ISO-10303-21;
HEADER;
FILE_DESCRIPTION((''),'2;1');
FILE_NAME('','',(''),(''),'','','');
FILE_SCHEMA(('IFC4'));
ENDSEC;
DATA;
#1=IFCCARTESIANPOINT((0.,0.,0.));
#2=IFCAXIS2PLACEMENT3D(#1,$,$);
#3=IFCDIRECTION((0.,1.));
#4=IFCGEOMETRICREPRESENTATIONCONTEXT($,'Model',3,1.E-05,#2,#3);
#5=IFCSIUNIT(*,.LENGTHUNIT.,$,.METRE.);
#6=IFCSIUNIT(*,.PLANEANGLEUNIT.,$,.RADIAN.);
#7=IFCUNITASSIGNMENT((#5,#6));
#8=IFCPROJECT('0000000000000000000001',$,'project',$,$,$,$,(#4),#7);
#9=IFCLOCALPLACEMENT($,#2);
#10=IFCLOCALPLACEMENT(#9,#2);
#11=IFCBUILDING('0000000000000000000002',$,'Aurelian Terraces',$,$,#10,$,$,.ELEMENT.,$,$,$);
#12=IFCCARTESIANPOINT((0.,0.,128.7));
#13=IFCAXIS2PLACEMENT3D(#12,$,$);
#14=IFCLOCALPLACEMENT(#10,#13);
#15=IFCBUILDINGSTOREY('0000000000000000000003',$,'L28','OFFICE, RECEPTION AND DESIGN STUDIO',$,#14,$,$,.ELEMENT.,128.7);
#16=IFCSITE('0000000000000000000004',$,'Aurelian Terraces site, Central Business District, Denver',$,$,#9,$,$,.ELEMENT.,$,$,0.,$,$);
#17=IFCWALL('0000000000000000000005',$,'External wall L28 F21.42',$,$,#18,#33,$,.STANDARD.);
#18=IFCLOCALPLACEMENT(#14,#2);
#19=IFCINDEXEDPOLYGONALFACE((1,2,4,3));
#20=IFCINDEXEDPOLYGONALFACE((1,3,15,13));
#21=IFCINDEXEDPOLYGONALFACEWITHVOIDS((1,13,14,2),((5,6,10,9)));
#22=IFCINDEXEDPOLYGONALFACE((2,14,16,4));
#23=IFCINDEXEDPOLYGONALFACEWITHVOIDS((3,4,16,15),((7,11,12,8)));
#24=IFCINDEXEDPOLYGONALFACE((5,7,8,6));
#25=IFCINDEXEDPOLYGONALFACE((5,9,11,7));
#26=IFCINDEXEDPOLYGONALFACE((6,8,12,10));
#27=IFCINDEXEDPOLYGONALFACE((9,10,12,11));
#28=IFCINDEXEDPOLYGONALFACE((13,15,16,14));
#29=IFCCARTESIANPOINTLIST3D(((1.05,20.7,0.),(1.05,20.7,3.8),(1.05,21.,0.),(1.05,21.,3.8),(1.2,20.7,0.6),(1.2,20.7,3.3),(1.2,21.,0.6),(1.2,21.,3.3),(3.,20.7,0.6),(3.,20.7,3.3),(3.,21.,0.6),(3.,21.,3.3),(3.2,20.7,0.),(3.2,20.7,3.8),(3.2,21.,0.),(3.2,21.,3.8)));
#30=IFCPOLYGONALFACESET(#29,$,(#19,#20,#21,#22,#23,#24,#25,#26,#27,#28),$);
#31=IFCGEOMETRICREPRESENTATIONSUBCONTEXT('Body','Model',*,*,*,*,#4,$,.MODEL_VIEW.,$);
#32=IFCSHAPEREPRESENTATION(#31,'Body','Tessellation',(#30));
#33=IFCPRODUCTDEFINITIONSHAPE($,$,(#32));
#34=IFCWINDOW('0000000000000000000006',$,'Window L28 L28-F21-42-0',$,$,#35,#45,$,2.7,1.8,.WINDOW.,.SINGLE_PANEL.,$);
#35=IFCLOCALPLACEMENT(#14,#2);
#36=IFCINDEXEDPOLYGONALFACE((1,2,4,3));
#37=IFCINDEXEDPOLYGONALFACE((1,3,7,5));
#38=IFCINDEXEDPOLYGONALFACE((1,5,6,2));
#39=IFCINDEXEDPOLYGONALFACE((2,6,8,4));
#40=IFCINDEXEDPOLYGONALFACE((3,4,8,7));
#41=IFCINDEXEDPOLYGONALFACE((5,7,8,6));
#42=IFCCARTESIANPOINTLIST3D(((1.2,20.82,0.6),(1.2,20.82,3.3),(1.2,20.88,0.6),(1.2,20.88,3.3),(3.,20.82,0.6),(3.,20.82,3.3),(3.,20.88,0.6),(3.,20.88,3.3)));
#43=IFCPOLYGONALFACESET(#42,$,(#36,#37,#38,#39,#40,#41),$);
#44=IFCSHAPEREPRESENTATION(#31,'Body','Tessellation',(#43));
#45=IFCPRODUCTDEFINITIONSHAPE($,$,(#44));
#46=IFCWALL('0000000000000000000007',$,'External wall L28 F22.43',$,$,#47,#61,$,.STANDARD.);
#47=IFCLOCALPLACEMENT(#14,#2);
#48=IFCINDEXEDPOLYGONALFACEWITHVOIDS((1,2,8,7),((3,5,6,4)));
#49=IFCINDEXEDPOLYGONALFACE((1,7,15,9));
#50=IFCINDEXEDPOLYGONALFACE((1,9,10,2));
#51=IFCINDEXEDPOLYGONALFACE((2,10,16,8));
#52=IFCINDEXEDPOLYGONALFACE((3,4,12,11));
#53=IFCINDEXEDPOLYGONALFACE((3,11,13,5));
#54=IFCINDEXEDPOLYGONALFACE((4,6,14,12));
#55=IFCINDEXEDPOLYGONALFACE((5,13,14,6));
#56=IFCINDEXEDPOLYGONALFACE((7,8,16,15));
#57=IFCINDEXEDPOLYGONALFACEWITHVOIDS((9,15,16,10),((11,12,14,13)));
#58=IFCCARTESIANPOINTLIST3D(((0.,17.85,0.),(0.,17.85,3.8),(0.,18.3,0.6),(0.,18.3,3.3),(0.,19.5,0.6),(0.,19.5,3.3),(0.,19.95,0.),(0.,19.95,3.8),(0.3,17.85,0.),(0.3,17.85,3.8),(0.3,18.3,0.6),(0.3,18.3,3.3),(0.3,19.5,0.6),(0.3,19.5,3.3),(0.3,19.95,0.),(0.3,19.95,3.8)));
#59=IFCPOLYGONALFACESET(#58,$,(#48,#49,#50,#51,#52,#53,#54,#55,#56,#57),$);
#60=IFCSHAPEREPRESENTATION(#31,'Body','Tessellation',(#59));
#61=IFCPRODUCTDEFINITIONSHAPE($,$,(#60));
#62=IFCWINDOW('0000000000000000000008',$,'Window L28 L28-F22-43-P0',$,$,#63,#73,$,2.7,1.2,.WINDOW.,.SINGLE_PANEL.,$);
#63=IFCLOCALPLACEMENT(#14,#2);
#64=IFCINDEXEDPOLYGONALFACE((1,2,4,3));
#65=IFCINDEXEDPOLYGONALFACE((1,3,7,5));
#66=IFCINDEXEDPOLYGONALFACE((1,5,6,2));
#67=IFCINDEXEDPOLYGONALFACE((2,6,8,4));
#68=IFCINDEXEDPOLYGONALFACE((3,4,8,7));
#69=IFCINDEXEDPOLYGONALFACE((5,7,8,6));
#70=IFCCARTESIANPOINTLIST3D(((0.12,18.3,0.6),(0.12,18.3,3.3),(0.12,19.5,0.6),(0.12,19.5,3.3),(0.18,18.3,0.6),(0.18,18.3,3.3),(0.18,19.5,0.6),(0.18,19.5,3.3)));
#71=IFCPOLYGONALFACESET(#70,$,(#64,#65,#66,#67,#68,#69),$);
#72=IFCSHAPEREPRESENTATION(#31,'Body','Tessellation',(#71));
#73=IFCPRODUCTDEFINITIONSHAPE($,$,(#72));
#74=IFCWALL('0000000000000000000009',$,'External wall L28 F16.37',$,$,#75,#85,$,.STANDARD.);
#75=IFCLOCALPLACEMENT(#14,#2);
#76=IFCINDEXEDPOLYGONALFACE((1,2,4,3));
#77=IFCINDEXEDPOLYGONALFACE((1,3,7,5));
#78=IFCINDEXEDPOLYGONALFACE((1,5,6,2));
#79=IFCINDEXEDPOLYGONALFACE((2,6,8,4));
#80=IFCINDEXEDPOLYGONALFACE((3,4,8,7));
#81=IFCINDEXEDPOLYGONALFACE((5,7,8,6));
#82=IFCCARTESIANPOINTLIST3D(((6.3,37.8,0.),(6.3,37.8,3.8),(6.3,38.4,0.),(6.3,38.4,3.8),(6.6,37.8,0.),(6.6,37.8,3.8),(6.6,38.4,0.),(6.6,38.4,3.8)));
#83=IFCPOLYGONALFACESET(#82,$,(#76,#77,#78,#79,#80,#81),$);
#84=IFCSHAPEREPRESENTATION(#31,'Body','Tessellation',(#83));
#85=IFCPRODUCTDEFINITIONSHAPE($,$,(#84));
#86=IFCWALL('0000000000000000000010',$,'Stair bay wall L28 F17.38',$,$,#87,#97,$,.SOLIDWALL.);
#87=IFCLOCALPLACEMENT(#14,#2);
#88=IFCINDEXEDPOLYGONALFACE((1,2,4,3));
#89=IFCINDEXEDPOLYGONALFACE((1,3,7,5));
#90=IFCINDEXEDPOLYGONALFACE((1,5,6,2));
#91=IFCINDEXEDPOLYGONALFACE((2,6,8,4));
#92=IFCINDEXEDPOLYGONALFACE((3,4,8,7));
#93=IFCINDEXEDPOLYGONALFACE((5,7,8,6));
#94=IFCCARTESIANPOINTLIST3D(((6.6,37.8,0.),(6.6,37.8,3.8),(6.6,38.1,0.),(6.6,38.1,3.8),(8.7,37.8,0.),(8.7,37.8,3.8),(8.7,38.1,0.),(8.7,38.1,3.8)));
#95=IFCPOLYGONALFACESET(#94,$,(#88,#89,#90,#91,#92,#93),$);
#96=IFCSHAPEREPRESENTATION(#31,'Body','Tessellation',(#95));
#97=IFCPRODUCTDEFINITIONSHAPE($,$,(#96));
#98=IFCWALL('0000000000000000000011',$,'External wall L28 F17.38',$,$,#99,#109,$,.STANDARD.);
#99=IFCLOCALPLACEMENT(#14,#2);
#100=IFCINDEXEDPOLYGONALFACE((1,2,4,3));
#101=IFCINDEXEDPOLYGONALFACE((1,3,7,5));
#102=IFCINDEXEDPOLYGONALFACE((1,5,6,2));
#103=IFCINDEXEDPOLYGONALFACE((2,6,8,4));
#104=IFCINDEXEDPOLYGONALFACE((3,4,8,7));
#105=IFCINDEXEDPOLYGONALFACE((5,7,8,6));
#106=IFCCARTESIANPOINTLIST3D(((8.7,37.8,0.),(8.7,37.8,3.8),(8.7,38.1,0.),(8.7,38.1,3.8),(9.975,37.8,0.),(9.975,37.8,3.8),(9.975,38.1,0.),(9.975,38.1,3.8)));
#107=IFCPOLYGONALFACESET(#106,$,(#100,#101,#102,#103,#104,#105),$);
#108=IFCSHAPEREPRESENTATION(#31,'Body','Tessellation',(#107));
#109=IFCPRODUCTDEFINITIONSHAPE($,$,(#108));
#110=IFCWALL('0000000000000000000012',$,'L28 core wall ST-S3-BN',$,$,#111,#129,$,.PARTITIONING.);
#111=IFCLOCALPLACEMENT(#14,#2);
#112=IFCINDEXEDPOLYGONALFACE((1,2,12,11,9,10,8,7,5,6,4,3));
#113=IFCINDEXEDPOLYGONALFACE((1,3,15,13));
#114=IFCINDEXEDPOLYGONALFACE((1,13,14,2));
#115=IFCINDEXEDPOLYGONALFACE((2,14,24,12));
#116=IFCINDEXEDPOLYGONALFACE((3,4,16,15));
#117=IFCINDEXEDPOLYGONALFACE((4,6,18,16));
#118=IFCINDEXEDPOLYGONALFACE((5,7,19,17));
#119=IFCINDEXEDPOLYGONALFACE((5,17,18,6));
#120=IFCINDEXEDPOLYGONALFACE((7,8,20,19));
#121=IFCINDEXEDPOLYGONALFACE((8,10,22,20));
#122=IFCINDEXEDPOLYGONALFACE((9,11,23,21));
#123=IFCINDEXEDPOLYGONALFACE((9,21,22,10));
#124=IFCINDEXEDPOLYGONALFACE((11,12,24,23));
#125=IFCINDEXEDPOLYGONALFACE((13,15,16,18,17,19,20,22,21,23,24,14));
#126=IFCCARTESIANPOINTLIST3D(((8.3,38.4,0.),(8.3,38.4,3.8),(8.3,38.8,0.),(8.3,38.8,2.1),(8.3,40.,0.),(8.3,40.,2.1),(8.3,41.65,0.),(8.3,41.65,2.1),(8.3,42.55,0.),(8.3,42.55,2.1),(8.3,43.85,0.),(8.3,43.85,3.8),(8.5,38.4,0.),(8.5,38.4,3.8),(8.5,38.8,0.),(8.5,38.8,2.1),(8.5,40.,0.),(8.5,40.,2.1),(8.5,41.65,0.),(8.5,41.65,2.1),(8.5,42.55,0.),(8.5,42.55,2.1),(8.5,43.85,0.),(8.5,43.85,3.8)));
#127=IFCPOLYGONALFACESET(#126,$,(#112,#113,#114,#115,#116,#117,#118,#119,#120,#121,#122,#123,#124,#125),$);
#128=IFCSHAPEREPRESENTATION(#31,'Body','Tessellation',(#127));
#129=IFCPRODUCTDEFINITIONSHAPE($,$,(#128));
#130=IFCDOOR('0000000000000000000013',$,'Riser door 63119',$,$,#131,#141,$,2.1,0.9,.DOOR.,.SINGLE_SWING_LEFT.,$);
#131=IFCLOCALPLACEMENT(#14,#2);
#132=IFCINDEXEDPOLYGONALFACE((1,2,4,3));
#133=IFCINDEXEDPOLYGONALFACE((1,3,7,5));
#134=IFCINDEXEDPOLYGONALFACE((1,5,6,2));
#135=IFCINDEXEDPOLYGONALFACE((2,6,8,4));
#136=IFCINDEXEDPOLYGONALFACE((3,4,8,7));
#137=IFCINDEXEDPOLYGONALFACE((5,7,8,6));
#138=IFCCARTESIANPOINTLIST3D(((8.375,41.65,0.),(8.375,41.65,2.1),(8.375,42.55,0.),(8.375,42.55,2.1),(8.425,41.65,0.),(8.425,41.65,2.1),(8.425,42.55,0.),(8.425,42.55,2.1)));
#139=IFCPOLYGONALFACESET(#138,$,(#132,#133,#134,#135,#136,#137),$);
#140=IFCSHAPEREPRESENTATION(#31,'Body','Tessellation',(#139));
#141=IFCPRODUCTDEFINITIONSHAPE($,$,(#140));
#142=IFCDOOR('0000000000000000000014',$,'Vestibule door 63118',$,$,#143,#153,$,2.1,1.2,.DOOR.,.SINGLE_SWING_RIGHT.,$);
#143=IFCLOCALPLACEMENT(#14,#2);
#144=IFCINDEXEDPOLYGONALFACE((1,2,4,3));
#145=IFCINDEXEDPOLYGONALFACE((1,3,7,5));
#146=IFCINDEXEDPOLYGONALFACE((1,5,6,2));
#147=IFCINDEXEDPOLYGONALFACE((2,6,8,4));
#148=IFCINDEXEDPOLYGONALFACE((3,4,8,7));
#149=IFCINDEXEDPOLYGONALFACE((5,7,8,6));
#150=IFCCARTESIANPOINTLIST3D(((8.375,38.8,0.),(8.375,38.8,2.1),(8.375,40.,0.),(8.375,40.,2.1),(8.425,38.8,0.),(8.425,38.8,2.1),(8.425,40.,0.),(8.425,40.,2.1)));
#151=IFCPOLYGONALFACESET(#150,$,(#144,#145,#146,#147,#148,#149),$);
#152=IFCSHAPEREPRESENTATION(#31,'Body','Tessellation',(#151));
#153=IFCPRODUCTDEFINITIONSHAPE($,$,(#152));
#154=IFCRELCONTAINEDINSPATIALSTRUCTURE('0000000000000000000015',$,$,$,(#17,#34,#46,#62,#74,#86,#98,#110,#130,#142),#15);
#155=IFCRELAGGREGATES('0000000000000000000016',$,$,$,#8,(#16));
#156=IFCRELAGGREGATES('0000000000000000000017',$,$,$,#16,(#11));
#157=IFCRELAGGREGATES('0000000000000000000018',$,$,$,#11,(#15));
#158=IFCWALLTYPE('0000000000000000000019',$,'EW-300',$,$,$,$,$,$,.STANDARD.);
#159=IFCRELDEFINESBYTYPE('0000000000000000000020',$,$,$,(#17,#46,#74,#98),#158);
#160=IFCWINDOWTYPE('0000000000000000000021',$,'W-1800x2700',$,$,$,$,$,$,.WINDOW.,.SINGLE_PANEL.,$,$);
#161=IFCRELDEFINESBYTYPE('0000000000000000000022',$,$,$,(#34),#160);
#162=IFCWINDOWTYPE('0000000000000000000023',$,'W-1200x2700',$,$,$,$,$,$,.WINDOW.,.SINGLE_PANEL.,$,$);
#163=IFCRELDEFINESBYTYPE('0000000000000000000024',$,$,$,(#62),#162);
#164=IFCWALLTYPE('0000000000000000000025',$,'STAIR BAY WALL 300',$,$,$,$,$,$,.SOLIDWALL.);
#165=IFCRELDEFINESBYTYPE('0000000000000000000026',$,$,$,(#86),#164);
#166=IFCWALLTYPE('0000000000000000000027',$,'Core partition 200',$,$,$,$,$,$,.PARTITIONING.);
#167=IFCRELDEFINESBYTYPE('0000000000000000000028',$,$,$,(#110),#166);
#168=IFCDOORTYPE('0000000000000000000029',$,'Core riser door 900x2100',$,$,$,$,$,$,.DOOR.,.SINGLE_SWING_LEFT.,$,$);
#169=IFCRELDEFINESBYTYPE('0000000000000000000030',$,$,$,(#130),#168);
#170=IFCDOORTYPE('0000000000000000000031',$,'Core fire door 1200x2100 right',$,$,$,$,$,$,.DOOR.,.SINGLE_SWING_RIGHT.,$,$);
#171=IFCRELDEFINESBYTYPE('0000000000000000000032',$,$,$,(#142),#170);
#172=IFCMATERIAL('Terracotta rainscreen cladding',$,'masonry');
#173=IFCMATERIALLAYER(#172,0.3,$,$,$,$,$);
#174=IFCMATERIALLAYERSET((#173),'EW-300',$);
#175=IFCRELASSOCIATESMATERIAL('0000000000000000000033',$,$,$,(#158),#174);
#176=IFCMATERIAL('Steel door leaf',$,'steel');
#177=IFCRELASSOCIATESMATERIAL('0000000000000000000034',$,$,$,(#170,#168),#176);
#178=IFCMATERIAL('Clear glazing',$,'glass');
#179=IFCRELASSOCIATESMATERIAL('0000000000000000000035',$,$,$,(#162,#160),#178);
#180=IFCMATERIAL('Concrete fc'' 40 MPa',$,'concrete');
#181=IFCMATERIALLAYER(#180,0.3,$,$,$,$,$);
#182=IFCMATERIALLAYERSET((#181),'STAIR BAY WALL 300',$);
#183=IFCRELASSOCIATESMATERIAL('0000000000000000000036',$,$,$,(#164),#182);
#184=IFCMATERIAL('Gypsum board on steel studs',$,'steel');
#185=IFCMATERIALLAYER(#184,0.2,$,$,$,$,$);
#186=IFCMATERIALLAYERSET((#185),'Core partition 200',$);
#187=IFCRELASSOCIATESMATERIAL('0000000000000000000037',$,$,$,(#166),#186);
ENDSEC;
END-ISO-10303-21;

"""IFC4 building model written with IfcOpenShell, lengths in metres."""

from ifc_helpers import new_model, si_unit, direction, frame, frame_2d, origin, place, context, subcontext, project, spatial, rectangle, extrude, source, transform, mapped, material, layer, layer_set, type_object, element, fill, save


model = new_model("IFC4")

# Units and contexts
model_context = context("Model", 3, precision=1e-05, world=origin(), true_north=direction((0.0, 1.0)))
body_context = subcontext(model_context, "Body", "Model", "MODEL_VIEW")
ifc_project = project(units=[si_unit("LENGTHUNIT", "METRE"), si_unit("PLANEANGLEUNIT", "RADIAN")], contexts=[model_context])

# Site, building, storey
site_placement = place(None, origin())
site = spatial("IfcSite", under=ifc_project, at=site_placement, Name="Aurelian Terraces site, Central Business District, Denver", CompositionType="ELEMENT", RefElevation=0.0)
building_placement = place(site_placement, origin())
building = spatial("IfcBuilding", under=site, at=building_placement, Name="Aurelian Terraces", CompositionType="ELEMENT")
storey_placement = place(building_placement, frame((0.0, 0.0, 128.7)))
storey = spatial("IfcBuildingStorey", under=building, at=storey_placement, Name="L28", Description="OFFICE, RECEPTION AND DESIGN STUDIO", CompositionType="ELEMENT", Elevation=128.7)

# Shared definitions
ifc_material_1 = material(Name="Concrete fc' 40 MPa", Category="concrete")

# Shared definitions
ifc_material_2 = material(Name="Terracotta rainscreen cladding", Category="masonry")
ifc_layer_1 = layer(ifc_material_2, 0.3)
ifc_layer_set_1 = layer_set([ifc_layer_1], Name="EW-300")
wall_type_1 = type_object("IfcWallType", Name="EW-300", PredefinedType="STANDARD", material=ifc_layer_set_1)

# Shared definitions
ifc_material_3 = material(Name="Steel door leaf", Category="steel")
door_type_1 = type_object("IfcDoorType", Name="Core fire door 1200x2100 right", OperationType="SINGLE_SWING_RIGHT", PredefinedType="DOOR", material=ifc_material_3)
shared_shape_1 = source(origin(), body_context, "Body", "SweptSolid", [
    extrude(rectangle(XDim=1.2, YDim=2.1, at=frame_2d((0.6, 1.05))), frame((0.0, 0.025, 0.0), z_axis=(0.0, -1.0, 0.0), x_axis=(1.0, 0.0, 0.0)), (0.0, 0.0, 1.0), 0.05),
])

# Shared definitions
shared_shape_2 = source(origin(), body_context, "Body", "SweptSolid", [
    extrude(rectangle(XDim=1.2, YDim=2.7, at=frame_2d((0.6, 1.35))), frame((0.0, 0.16, 0.0), z_axis=(0.0, -1.0, 0.0), x_axis=(1.0, 0.0, 0.0)), (0.0, 0.0, 1.0), 0.32),
])
ifc_material_4 = material(Name="Clear glazing", Category="glass")
window_type_1 = type_object("IfcWindowType", Name="W-1200x2700", PartitioningType="SINGLE_PANEL", PredefinedType="WINDOW", material=ifc_material_4)
shared_shape_3 = source(origin(), body_context, "Body", "SweptSolid", [
    extrude(rectangle(XDim=1.2, YDim=2.7, at=frame_2d((0.6, 1.35))), frame((0.0, 0.03, 0.0), z_axis=(0.0, -1.0, 0.0), x_axis=(1.0, 0.0, 0.0)), (0.0, 0.0, 1.0), 0.06),
])

# Walls, openings, windows
shared_shape_4 = source(origin(), body_context, "Body", "SweptSolid", [
    extrude(rectangle(XDim=2.15, YDim=0.3, at=frame_2d((1.075, 0.0))), origin(), (0.0, 0.0, 1.0), 3.8),
])
wall_1_placement = place(storey_placement, frame((3.2, 20.85, 0.0), z_axis=(0.0, 0.0, 1.0), x_axis=(-1.0, 0.0, 0.0)))
wall_1 = element("IfcWall", 1, at=wall_1_placement, inside=storey, type_object=wall_type_1, Name="External wall L28 F21.42", PredefinedType="STANDARD", context=body_context, shape_type="MappedRepresentation", body=[
    mapped(shared_shape_4, transform((0.0, 0.0, 0.0), scale=1.0)),
])
shared_shape_5 = source(origin(), body_context, "Body", "SweptSolid", [
    extrude(rectangle(XDim=1.8, YDim=2.7, at=frame_2d((0.9, 1.35))), frame((0.0, 0.16, 0.0), z_axis=(0.0, -1.0, 0.0), x_axis=(1.0, 0.0, 0.0)), (0.0, 0.0, 1.0), 0.32),
])
opening_1_placement = place(wall_1_placement, frame((0.2, 0.0, 0.6)))
opening_1 = element("IfcOpeningElement", 2, at=opening_1_placement, cuts=wall_1, PredefinedType="OPENING", context=body_context, shape_type="MappedRepresentation", body=[
    mapped(shared_shape_5, transform((0.0, 0.0, 0.0), scale=1.0)),
])
window_type_2 = type_object("IfcWindowType", Name="W-1800x2700", PartitioningType="SINGLE_PANEL", PredefinedType="WINDOW", material=ifc_material_4)
shared_shape_6 = source(origin(), body_context, "Body", "SweptSolid", [
    extrude(rectangle(XDim=1.8, YDim=2.7, at=frame_2d((0.9, 1.35))), frame((0.0, 0.03, 0.0), z_axis=(0.0, -1.0, 0.0), x_axis=(1.0, 0.0, 0.0)), (0.0, 0.0, 1.0), 0.06),
])
window_1_placement = place(opening_1_placement, origin())
window_1 = element("IfcWindow", 3, at=window_1_placement, inside=storey, type_object=window_type_2, Name="Window L28 L28-F21-42-0", OverallHeight=2.7, OverallWidth=1.8, PartitioningType="SINGLE_PANEL", PredefinedType="WINDOW", context=body_context, shape_type="MappedRepresentation", body=[
    mapped(shared_shape_6, transform((0.0, 0.0, 0.0), scale=1.0)),
])
fill(opening_1, window_1)
shared_shape_7 = source(origin(), body_context, "Body", "SweptSolid", [
    extrude(rectangle(XDim=2.1, YDim=0.3, at=frame_2d((1.05, 0.0))), origin(), (0.0, 0.0, 1.0), 3.8),
])
wall_2_placement = place(storey_placement, frame((0.15, 19.95, 0.0), z_axis=(0.0, 0.0, 1.0), x_axis=(0.0, -1.0, 0.0)))
wall_2 = element("IfcWall", 4, at=wall_2_placement, inside=storey, type_object=wall_type_1, Name="External wall L28 F22.43", PredefinedType="STANDARD", context=body_context, shape_type="MappedRepresentation", body=[
    mapped(shared_shape_7, transform((0.0, 0.0, 0.0), scale=1.0)),
])
opening_2_placement = place(wall_2_placement, frame((0.45, 0.0, 0.6)))
opening_2 = element("IfcOpeningElement", 5, at=opening_2_placement, cuts=wall_2, PredefinedType="OPENING", context=body_context, shape_type="MappedRepresentation", body=[
    mapped(shared_shape_2, transform((0.0, 0.0, 0.0), scale=1.0)),
])
window_2_placement = place(opening_2_placement, origin())
window_2 = element("IfcWindow", 6, at=window_2_placement, inside=storey, type_object=window_type_1, Name="Window L28 L28-F22-43-P0", OverallHeight=2.7, OverallWidth=1.2, PartitioningType="SINGLE_PANEL", PredefinedType="WINDOW", context=body_context, shape_type="MappedRepresentation", body=[
    mapped(shared_shape_3, transform((0.0, 0.0, 0.0), scale=1.0)),
])
fill(opening_2, window_2)

# Walls
shared_shape_8 = source(origin(), body_context, "Body", "SweptSolid", [
    extrude(rectangle(XDim=0.6, YDim=0.3, at=frame_2d((0.3, 0.0))), origin(), (0.0, 0.0, 1.0), 3.8),
])
wall_3_placement = place(storey_placement, frame((6.45, 38.4, 0.0), z_axis=(0.0, 0.0, 1.0), x_axis=(0.0, -1.0, 0.0)))
element("IfcWall", 7, at=wall_3_placement, inside=storey, type_object=wall_type_1, Name="External wall L28 F16.37", PredefinedType="STANDARD", context=body_context, shape_type="MappedRepresentation", body=[
    mapped(shared_shape_8, transform((0.0, 0.0, 0.0), scale=1.0)),
])
ifc_layer_2 = layer(ifc_material_1, 0.3)
ifc_layer_set_2 = layer_set([ifc_layer_2], Name="STAIR BAY WALL 300")
wall_type_2 = type_object("IfcWallType", Name="STAIR BAY WALL 300", PredefinedType="SOLIDWALL", material=ifc_layer_set_2)
shared_shape_9 = source(origin(), body_context, "Body", "SweptSolid", [
    extrude(rectangle(XDim=2.1, YDim=0.3, at=frame_2d((1.05, 0.0))), origin(), (0.0, 0.0, 1.0), 3.8),
])
wall_4_placement = place(storey_placement, frame((6.6, 37.95, 0.0), z_axis=(0.0, 0.0, 1.0), x_axis=(1.0, 0.0, 0.0)))
element("IfcWall", 8, at=wall_4_placement, inside=storey, type_object=wall_type_2, Name="Stair bay wall L28 F17.38", PredefinedType="SOLIDWALL", context=body_context, shape_type="MappedRepresentation", body=[
    mapped(shared_shape_9, transform((0.0, 0.0, 0.0), scale=1.0)),
])
shared_shape_10 = source(origin(), body_context, "Body", "SweptSolid", [
    extrude(rectangle(XDim=1.275, YDim=0.3, at=frame_2d((0.6375, 0.0))), origin(), (0.0, 0.0, 1.0), 3.8),
])
wall_5_placement = place(storey_placement, frame((8.7, 37.95, 0.0), z_axis=(0.0, 0.0, 1.0), x_axis=(1.0, 0.0, 0.0)))
element("IfcWall", 9, at=wall_5_placement, inside=storey, type_object=wall_type_1, Name="External wall L28 F17.38", PredefinedType="STANDARD", context=body_context, shape_type="MappedRepresentation", body=[
    mapped(shared_shape_10, transform((0.0, 0.0, 0.0), scale=1.0)),
])

# Wall, openings, doors
ifc_material_5 = material(Name="Gypsum board on steel studs", Category="steel")
ifc_layer_3 = layer(ifc_material_5, 0.2)
ifc_layer_set_3 = layer_set([ifc_layer_3], Name="Core partition 200")
wall_type_3 = type_object("IfcWallType", Name="Core partition 200", PredefinedType="PARTITIONING", material=ifc_layer_set_3)
shared_shape_11 = source(origin(), body_context, "Body", "SweptSolid", [
    extrude(rectangle(XDim=5.45, YDim=0.2, at=frame_2d((2.725, 0.0))), origin(), (0.0, 0.0, 1.0), 3.8),
])
wall_6_placement = place(storey_placement, frame((8.4, 38.4, 0.0), z_axis=(0.0, 0.0, 1.0), x_axis=(0.0, 1.0, 0.0)))
wall_6 = element("IfcWall", 10, at=wall_6_placement, inside=storey, type_object=wall_type_3, Name="L28 core wall ST-S3-BN", PredefinedType="PARTITIONING", context=body_context, shape_type="MappedRepresentation", body=[
    mapped(shared_shape_11, transform((0.0, 0.0, 0.0), scale=1.0)),
])
shared_shape_12 = source(origin(), body_context, "Body", "SweptSolid", [
    extrude(rectangle(XDim=1.2, YDim=2.1, at=frame_2d((0.6, 1.05))), frame((0.0, 0.11, 0.0), z_axis=(0.0, -1.0, 0.0), x_axis=(1.0, 0.0, 0.0)), (0.0, 0.0, 1.0), 0.22),
])
opening_3_placement = place(wall_6_placement, frame((0.4, 0.0, 0.0)))
opening_3 = element("IfcOpeningElement", 11, at=opening_3_placement, cuts=wall_6, PredefinedType="OPENING", context=body_context, shape_type="MappedRepresentation", body=[
    mapped(shared_shape_12, transform((0.0, 0.0, 0.0), scale=1.0)),
])
shared_shape_13 = source(origin(), body_context, "Body", "SweptSolid", [
    extrude(rectangle(XDim=0.9, YDim=2.1, at=frame_2d((0.45, 1.05))), frame((0.0, 0.11, 0.0), z_axis=(0.0, -1.0, 0.0), x_axis=(1.0, 0.0, 0.0)), (0.0, 0.0, 1.0), 0.22),
])
opening_4_placement = place(wall_6_placement, frame((3.25, 0.0, 0.0)))
opening_4 = element("IfcOpeningElement", 12, at=opening_4_placement, cuts=wall_6, PredefinedType="OPENING", context=body_context, shape_type="MappedRepresentation", body=[
    mapped(shared_shape_13, transform((0.0, 0.0, 0.0), scale=1.0)),
])
door_type_2 = type_object("IfcDoorType", Name="Core riser door 900x2100", OperationType="SINGLE_SWING_LEFT", PredefinedType="DOOR", material=ifc_material_3)
shared_shape_14 = source(origin(), body_context, "Body", "SweptSolid", [
    extrude(rectangle(XDim=0.9, YDim=2.1, at=frame_2d((0.45, 1.05))), frame((0.0, 0.025, 0.0), z_axis=(0.0, -1.0, 0.0), x_axis=(1.0, 0.0, 0.0)), (0.0, 0.0, 1.0), 0.05),
])
door_1_placement = place(opening_4_placement, origin())
door_1 = element("IfcDoor", 13, at=door_1_placement, inside=storey, type_object=door_type_2, Name="Riser door 63119", OperationType="SINGLE_SWING_LEFT", OverallHeight=2.1, OverallWidth=0.9, PredefinedType="DOOR", context=body_context, shape_type="MappedRepresentation", body=[
    mapped(shared_shape_14, transform((0.0, 0.0, 0.0), scale=1.0)),
])
fill(opening_4, door_1)
door_2_placement = place(opening_3_placement, origin())
door_2 = element("IfcDoor", 14, at=door_2_placement, inside=storey, type_object=door_type_1, Name="Vestibule door 63118", OperationType="SINGLE_SWING_RIGHT", OverallHeight=2.1, OverallWidth=1.2, PredefinedType="DOOR", context=body_context, shape_type="MappedRepresentation", body=[
    mapped(shared_shape_1, transform((0.0, 0.0, 0.0), scale=1.0)),
])
fill(opening_3, door_2)

save(model, "model.ifc")
